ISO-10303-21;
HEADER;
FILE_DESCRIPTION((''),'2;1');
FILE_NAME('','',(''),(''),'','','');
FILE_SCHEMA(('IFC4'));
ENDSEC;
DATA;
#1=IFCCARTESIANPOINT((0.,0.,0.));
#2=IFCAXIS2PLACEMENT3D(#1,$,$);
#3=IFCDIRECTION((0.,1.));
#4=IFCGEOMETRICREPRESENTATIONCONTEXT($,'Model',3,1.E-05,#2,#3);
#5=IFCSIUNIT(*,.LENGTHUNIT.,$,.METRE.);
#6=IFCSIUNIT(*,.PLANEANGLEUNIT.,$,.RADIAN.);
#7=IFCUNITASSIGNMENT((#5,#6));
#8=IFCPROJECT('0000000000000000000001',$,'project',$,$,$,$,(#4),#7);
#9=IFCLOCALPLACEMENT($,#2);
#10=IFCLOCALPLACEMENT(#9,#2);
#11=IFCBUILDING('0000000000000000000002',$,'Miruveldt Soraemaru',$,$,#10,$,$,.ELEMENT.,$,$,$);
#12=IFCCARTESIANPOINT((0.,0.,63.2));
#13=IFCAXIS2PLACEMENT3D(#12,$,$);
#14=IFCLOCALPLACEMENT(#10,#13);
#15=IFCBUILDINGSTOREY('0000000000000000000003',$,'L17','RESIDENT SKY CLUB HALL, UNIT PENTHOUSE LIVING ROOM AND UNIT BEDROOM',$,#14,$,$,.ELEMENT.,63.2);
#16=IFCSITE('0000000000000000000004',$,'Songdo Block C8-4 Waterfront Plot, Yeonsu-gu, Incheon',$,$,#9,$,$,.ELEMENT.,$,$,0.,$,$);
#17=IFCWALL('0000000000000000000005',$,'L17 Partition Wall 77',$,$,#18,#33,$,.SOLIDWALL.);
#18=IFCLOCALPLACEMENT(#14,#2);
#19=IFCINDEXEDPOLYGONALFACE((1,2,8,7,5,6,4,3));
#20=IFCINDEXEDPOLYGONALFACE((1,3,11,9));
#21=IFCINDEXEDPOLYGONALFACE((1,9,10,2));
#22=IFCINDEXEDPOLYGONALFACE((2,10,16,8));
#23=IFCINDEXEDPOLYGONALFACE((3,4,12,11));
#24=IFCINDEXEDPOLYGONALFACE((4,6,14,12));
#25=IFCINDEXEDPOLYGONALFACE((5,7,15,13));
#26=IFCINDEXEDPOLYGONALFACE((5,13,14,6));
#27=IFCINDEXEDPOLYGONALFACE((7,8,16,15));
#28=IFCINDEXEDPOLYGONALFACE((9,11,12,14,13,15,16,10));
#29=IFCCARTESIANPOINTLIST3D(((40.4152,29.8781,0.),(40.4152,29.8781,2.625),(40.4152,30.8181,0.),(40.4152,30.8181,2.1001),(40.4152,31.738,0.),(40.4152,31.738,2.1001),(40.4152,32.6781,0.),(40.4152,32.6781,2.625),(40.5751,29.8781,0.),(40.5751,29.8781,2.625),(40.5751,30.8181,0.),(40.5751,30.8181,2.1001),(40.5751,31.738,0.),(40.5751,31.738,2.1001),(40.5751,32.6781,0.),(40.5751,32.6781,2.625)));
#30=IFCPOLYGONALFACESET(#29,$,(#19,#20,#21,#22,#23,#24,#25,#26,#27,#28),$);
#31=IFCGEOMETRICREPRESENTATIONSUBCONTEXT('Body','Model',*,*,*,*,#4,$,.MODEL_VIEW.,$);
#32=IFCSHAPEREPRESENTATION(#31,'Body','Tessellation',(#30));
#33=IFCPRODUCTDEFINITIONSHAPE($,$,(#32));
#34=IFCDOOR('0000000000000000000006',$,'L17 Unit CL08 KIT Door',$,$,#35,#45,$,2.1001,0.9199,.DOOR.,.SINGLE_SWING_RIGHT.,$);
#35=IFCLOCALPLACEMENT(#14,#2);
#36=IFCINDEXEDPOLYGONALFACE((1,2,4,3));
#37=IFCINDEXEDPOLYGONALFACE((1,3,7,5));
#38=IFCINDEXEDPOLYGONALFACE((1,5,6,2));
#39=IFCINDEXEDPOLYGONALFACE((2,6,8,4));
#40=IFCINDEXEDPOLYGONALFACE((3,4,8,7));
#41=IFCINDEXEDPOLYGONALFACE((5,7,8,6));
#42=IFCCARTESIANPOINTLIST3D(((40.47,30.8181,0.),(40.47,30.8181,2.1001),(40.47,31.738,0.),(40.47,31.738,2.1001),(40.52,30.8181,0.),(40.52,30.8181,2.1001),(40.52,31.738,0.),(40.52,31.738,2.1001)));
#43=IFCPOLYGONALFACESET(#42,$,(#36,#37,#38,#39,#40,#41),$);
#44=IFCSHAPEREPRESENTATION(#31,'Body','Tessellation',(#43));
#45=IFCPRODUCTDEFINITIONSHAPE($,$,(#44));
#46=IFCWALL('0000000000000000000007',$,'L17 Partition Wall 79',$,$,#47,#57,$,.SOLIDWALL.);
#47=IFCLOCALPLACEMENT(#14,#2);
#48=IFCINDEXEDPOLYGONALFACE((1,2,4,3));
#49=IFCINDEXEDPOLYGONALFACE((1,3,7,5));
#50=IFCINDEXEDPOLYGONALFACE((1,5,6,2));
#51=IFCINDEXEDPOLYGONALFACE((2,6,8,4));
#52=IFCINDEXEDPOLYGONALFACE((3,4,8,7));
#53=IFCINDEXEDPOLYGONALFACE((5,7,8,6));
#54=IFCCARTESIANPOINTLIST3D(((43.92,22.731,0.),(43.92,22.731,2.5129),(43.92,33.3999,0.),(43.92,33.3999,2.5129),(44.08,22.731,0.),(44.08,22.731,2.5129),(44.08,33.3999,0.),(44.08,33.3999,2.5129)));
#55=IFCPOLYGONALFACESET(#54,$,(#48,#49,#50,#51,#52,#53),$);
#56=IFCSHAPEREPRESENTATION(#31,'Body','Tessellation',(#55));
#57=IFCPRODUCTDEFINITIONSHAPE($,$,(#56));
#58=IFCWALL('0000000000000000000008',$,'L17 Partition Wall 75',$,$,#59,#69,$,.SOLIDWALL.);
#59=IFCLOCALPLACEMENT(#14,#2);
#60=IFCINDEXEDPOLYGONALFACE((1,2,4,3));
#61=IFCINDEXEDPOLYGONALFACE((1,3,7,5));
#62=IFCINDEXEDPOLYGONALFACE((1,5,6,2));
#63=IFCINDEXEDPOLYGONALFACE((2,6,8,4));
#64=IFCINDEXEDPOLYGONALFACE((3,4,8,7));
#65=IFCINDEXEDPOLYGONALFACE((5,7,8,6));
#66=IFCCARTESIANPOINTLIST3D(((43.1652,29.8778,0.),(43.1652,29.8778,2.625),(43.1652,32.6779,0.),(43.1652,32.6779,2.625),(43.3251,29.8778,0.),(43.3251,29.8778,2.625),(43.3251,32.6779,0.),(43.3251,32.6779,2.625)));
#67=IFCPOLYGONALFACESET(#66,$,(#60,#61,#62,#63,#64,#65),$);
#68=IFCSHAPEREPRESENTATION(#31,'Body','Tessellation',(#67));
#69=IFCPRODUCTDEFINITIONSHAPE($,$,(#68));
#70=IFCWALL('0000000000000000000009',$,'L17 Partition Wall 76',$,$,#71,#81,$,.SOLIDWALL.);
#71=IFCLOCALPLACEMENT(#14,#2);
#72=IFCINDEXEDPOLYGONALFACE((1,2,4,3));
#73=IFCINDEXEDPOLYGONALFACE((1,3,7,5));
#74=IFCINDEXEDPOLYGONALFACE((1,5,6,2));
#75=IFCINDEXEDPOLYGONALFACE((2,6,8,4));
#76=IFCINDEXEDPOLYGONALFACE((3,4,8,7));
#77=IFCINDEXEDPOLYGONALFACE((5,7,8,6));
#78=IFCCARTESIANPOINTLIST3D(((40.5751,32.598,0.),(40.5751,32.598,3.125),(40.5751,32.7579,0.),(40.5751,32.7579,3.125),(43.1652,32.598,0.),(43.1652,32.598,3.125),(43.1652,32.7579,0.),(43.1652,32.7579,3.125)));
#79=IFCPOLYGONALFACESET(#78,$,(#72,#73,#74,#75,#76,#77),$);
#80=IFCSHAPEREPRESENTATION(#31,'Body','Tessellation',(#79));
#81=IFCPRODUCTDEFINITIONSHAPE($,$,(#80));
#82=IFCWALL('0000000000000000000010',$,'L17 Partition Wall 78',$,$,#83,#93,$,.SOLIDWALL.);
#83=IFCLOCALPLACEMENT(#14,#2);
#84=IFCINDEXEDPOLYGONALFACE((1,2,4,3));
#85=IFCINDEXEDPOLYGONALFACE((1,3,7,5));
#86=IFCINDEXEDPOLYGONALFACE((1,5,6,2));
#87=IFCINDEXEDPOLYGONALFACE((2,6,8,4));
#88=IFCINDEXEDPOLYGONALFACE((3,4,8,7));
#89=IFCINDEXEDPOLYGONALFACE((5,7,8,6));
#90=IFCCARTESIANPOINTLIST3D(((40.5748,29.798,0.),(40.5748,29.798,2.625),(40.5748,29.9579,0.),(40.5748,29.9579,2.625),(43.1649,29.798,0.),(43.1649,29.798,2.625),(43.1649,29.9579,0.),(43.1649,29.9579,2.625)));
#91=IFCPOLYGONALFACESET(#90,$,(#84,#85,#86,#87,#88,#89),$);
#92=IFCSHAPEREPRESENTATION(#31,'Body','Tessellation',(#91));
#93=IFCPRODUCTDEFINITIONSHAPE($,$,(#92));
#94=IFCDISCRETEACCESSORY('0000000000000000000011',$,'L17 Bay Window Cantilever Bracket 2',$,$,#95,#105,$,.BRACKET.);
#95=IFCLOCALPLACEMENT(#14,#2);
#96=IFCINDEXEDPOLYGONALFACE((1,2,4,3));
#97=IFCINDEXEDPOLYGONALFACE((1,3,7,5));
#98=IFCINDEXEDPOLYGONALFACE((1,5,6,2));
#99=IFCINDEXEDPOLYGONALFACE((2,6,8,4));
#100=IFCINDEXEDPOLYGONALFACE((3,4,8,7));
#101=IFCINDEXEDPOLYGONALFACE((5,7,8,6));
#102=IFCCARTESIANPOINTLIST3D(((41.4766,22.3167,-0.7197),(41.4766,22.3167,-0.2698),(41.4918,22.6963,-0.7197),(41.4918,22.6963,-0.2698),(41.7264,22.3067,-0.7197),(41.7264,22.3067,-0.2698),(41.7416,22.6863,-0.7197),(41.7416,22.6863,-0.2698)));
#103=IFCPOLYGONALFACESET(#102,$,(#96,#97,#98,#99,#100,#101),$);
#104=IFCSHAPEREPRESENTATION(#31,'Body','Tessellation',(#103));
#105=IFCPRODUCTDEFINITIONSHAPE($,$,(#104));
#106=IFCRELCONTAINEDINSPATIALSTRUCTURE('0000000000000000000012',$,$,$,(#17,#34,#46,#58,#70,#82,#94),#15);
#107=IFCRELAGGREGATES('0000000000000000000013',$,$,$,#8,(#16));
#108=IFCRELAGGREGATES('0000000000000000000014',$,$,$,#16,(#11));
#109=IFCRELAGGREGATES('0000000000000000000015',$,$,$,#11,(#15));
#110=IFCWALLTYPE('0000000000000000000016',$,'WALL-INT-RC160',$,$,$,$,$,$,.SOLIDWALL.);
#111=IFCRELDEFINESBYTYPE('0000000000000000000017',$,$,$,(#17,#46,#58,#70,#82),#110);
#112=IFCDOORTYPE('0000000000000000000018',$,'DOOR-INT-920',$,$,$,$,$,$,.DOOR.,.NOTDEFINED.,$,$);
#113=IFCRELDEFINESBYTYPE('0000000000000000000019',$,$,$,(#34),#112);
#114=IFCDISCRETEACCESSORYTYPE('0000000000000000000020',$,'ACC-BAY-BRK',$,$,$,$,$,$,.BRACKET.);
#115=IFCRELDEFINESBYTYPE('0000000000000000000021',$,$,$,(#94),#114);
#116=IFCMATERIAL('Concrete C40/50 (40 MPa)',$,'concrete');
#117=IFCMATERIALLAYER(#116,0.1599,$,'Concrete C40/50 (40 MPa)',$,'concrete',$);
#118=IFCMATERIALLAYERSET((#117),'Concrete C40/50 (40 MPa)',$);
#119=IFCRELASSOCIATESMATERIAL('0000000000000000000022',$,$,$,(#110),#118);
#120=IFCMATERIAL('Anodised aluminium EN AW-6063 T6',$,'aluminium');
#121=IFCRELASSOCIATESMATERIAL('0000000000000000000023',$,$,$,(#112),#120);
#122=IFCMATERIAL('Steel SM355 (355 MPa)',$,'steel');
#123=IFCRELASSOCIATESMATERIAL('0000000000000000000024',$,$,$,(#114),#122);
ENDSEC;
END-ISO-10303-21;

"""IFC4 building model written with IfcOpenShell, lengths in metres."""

from ifc_helpers import new_model, si_unit, direction, frame, frame_2d, origin, origin_2d, place, context, subcontext, project, spatial, rectangle, extrude, material, layer, layer_set, type_object, element, fill, save


model = new_model("IFC4")

# Units and contexts
model_context = context("Model", 3, precision=1e-05, world=origin(), true_north=direction((0.0, 1.0)))
body_context = subcontext(model_context, "Body", "Model", "MODEL_VIEW")
ifc_project = project(units=[si_unit("LENGTHUNIT", "METRE"), si_unit("PLANEANGLEUNIT", "RADIAN")], contexts=[model_context])

# Site, building, storey
site_placement = place(None, origin())
site = spatial("IfcSite", under=ifc_project, at=site_placement, Name="Songdo Block C8-4 Waterfront Plot, Yeonsu-gu, Incheon", CompositionType="ELEMENT", RefElevation=0.0)
building_placement = place(site_placement, origin())
building = spatial("IfcBuilding", under=site, at=building_placement, Name="Miruveldt Soraemaru", CompositionType="ELEMENT")
storey_placement = place(building_placement, frame((0.0, 0.0, 63.2)))
storey = spatial("IfcBuildingStorey", under=building, at=storey_placement, Name="L17", Description="RESIDENT SKY CLUB HALL, UNIT PENTHOUSE LIVING ROOM AND UNIT BEDROOM", CompositionType="ELEMENT", Elevation=63.2)

# Shared definitions
ifc_material_1 = material(Name="Steel SM355 (355 MPa)", Category="steel")

# Wall, opening, door
ifc_material_2 = material(Name="Concrete C40/50 (40 MPa)", Category="concrete")
ifc_layer_1 = layer(ifc_material_2, 0.1599, Name="Concrete C40/50 (40 MPa)", Category="concrete")
ifc_layer_set_1 = layer_set([ifc_layer_1], Name="Concrete C40/50 (40 MPa)")
wall_type_1 = type_object("IfcWallType", Name="WALL-INT-RC160", PredefinedType="SOLIDWALL", material=ifc_layer_set_1)
wall_1_placement = place(storey_placement, frame((40.4951, 32.678, 0.0), z_axis=(0.0, 0.0, 1.0), x_axis=(0.0, -1.0, 0.0)))
wall_1 = element("IfcWall", 1, at=wall_1_placement, inside=storey, type_object=wall_type_1, Name="L17 Partition Wall 77", PredefinedType="SOLIDWALL", context=body_context, shape_type="SweptSolid", body=[
    extrude(rectangle(XDim=2.8, YDim=0.1599, at=frame_2d((1.3999, 0.0))), origin(), (0.0, 0.0, 1.0), 2.625),
])
opening_1_placement = place(wall_1_placement, frame((0.9399, 0.0, 0.0)))
opening_1 = element("IfcOpeningElement", 2, at=opening_1_placement, cuts=wall_1, PredefinedType="OPENING", context=body_context, shape_type="SweptSolid", body=[
    extrude(rectangle(XDim=0.9199, YDim=2.1001, at=frame_2d((0.46, 1.05))), frame((0.0, 0.0898, 0.0), z_axis=(0.0, -1.0, 0.0), x_axis=(1.0, 0.0, 0.0)), (0.0, 0.0, 1.0), 0.1799),
])
ifc_material_3 = material(Name="Anodised aluminium EN AW-6063 T6", Category="aluminium")
door_type = type_object("IfcDoorType", Name="DOOR-INT-920", OperationType="NOTDEFINED", PredefinedType="DOOR", material=ifc_material_3)
door_placement = place(opening_1_placement, origin())
door = element("IfcDoor", 3, at=door_placement, inside=storey, type_object=door_type, Name="L17 Unit CL08 KIT Door", OperationType="SINGLE_SWING_RIGHT", OverallHeight=2.1001, OverallWidth=0.9199, PredefinedType="DOOR", context=body_context, shape_type="SweptSolid", body=[
    extrude(rectangle(XDim=0.9199, YDim=2.1001, at=frame_2d((0.46, 1.05))), frame((0.0, 0.0249, 0.0), z_axis=(0.0, -1.0, 0.0), x_axis=(1.0, 0.0, 0.0)), (0.0, 0.0, 1.0), 0.05),
])
fill(opening_1, door)

# Walls
wall_2_placement = place(storey_placement, frame((44.0, 22.731, 0.0), z_axis=(0.0, 0.0, 1.0), x_axis=(0.0, 1.0, 0.0)))
element("IfcWall", 4, at=wall_2_placement, inside=storey, type_object=wall_type_1, Name="L17 Partition Wall 79", PredefinedType="SOLIDWALL", context=body_context, shape_type="SweptSolid", body=[
    extrude(rectangle(XDim=10.6689, YDim=0.1599, at=frame_2d((5.3345, 0.0))), origin(), (0.0, 0.0, 1.0), 2.5129),
])
wall_3_placement = place(storey_placement, frame((43.2451, 29.8779, 0.0), z_axis=(0.0, 0.0, 1.0), x_axis=(0.0, 1.0, 0.0)))
element("IfcWall", 5, at=wall_3_placement, inside=storey, type_object=wall_type_1, Name="L17 Partition Wall 75", PredefinedType="SOLIDWALL", context=body_context, shape_type="SweptSolid", body=[
    extrude(rectangle(XDim=2.8, YDim=0.1599, at=frame_2d((1.3999, 0.0))), origin(), (0.0, 0.0, 1.0), 2.625),
])
wall_4_placement = place(storey_placement, frame((43.165, 32.678, 0.0), z_axis=(0.0, 0.0, 1.0), x_axis=(-1.0, 0.0, 0.0)))
element("IfcWall", 6, at=wall_4_placement, inside=storey, type_object=wall_type_1, Name="L17 Partition Wall 76", PredefinedType="SOLIDWALL", context=body_context, shape_type="SweptSolid", body=[
    extrude(rectangle(XDim=2.5901, YDim=0.1599, at=frame_2d((1.2949, 0.0))), origin(), (0.0, 0.0, 1.0), 3.125),
])
wall_5_placement = place(storey_placement, frame((40.575, 29.8779, 0.0), z_axis=(0.0, 0.0, 1.0), x_axis=(1.0, 0.0, 0.0)))
element("IfcWall", 7, at=wall_5_placement, inside=storey, type_object=wall_type_1, Name="L17 Partition Wall 78", PredefinedType="SOLIDWALL", context=body_context, shape_type="SweptSolid", body=[
    extrude(rectangle(XDim=2.5901, YDim=0.1599, at=frame_2d((1.2949, 0.0))), origin(), (0.0, 0.0, 1.0), 2.625),
])

# Discrete accessory
discrete_accessory_type = type_object("IfcDiscreteAccessoryType", Name="ACC-BAY-BRK", PredefinedType="BRACKET", material=ifc_material_1)
discrete_accessory_placement = place(storey_placement, frame((41.6091, 22.5015, -0.7197), z_axis=(0.0, 0.0, 1.0), x_axis=(-0.039975, -0.999201, 0.0)))
element("IfcDiscreteAccessory", 8, at=discrete_accessory_placement, inside=storey, type_object=discrete_accessory_type, Name="L17 Bay Window Cantilever Bracket 2", PredefinedType="BRACKET", context=body_context, shape_type="SweptSolid", body=[
    extrude(rectangle(XDim=0.3799, YDim=0.25, at=origin_2d()), origin(), (0.0, 0.0, 1.0), 0.45),
])

save(model, "model.ifc")
